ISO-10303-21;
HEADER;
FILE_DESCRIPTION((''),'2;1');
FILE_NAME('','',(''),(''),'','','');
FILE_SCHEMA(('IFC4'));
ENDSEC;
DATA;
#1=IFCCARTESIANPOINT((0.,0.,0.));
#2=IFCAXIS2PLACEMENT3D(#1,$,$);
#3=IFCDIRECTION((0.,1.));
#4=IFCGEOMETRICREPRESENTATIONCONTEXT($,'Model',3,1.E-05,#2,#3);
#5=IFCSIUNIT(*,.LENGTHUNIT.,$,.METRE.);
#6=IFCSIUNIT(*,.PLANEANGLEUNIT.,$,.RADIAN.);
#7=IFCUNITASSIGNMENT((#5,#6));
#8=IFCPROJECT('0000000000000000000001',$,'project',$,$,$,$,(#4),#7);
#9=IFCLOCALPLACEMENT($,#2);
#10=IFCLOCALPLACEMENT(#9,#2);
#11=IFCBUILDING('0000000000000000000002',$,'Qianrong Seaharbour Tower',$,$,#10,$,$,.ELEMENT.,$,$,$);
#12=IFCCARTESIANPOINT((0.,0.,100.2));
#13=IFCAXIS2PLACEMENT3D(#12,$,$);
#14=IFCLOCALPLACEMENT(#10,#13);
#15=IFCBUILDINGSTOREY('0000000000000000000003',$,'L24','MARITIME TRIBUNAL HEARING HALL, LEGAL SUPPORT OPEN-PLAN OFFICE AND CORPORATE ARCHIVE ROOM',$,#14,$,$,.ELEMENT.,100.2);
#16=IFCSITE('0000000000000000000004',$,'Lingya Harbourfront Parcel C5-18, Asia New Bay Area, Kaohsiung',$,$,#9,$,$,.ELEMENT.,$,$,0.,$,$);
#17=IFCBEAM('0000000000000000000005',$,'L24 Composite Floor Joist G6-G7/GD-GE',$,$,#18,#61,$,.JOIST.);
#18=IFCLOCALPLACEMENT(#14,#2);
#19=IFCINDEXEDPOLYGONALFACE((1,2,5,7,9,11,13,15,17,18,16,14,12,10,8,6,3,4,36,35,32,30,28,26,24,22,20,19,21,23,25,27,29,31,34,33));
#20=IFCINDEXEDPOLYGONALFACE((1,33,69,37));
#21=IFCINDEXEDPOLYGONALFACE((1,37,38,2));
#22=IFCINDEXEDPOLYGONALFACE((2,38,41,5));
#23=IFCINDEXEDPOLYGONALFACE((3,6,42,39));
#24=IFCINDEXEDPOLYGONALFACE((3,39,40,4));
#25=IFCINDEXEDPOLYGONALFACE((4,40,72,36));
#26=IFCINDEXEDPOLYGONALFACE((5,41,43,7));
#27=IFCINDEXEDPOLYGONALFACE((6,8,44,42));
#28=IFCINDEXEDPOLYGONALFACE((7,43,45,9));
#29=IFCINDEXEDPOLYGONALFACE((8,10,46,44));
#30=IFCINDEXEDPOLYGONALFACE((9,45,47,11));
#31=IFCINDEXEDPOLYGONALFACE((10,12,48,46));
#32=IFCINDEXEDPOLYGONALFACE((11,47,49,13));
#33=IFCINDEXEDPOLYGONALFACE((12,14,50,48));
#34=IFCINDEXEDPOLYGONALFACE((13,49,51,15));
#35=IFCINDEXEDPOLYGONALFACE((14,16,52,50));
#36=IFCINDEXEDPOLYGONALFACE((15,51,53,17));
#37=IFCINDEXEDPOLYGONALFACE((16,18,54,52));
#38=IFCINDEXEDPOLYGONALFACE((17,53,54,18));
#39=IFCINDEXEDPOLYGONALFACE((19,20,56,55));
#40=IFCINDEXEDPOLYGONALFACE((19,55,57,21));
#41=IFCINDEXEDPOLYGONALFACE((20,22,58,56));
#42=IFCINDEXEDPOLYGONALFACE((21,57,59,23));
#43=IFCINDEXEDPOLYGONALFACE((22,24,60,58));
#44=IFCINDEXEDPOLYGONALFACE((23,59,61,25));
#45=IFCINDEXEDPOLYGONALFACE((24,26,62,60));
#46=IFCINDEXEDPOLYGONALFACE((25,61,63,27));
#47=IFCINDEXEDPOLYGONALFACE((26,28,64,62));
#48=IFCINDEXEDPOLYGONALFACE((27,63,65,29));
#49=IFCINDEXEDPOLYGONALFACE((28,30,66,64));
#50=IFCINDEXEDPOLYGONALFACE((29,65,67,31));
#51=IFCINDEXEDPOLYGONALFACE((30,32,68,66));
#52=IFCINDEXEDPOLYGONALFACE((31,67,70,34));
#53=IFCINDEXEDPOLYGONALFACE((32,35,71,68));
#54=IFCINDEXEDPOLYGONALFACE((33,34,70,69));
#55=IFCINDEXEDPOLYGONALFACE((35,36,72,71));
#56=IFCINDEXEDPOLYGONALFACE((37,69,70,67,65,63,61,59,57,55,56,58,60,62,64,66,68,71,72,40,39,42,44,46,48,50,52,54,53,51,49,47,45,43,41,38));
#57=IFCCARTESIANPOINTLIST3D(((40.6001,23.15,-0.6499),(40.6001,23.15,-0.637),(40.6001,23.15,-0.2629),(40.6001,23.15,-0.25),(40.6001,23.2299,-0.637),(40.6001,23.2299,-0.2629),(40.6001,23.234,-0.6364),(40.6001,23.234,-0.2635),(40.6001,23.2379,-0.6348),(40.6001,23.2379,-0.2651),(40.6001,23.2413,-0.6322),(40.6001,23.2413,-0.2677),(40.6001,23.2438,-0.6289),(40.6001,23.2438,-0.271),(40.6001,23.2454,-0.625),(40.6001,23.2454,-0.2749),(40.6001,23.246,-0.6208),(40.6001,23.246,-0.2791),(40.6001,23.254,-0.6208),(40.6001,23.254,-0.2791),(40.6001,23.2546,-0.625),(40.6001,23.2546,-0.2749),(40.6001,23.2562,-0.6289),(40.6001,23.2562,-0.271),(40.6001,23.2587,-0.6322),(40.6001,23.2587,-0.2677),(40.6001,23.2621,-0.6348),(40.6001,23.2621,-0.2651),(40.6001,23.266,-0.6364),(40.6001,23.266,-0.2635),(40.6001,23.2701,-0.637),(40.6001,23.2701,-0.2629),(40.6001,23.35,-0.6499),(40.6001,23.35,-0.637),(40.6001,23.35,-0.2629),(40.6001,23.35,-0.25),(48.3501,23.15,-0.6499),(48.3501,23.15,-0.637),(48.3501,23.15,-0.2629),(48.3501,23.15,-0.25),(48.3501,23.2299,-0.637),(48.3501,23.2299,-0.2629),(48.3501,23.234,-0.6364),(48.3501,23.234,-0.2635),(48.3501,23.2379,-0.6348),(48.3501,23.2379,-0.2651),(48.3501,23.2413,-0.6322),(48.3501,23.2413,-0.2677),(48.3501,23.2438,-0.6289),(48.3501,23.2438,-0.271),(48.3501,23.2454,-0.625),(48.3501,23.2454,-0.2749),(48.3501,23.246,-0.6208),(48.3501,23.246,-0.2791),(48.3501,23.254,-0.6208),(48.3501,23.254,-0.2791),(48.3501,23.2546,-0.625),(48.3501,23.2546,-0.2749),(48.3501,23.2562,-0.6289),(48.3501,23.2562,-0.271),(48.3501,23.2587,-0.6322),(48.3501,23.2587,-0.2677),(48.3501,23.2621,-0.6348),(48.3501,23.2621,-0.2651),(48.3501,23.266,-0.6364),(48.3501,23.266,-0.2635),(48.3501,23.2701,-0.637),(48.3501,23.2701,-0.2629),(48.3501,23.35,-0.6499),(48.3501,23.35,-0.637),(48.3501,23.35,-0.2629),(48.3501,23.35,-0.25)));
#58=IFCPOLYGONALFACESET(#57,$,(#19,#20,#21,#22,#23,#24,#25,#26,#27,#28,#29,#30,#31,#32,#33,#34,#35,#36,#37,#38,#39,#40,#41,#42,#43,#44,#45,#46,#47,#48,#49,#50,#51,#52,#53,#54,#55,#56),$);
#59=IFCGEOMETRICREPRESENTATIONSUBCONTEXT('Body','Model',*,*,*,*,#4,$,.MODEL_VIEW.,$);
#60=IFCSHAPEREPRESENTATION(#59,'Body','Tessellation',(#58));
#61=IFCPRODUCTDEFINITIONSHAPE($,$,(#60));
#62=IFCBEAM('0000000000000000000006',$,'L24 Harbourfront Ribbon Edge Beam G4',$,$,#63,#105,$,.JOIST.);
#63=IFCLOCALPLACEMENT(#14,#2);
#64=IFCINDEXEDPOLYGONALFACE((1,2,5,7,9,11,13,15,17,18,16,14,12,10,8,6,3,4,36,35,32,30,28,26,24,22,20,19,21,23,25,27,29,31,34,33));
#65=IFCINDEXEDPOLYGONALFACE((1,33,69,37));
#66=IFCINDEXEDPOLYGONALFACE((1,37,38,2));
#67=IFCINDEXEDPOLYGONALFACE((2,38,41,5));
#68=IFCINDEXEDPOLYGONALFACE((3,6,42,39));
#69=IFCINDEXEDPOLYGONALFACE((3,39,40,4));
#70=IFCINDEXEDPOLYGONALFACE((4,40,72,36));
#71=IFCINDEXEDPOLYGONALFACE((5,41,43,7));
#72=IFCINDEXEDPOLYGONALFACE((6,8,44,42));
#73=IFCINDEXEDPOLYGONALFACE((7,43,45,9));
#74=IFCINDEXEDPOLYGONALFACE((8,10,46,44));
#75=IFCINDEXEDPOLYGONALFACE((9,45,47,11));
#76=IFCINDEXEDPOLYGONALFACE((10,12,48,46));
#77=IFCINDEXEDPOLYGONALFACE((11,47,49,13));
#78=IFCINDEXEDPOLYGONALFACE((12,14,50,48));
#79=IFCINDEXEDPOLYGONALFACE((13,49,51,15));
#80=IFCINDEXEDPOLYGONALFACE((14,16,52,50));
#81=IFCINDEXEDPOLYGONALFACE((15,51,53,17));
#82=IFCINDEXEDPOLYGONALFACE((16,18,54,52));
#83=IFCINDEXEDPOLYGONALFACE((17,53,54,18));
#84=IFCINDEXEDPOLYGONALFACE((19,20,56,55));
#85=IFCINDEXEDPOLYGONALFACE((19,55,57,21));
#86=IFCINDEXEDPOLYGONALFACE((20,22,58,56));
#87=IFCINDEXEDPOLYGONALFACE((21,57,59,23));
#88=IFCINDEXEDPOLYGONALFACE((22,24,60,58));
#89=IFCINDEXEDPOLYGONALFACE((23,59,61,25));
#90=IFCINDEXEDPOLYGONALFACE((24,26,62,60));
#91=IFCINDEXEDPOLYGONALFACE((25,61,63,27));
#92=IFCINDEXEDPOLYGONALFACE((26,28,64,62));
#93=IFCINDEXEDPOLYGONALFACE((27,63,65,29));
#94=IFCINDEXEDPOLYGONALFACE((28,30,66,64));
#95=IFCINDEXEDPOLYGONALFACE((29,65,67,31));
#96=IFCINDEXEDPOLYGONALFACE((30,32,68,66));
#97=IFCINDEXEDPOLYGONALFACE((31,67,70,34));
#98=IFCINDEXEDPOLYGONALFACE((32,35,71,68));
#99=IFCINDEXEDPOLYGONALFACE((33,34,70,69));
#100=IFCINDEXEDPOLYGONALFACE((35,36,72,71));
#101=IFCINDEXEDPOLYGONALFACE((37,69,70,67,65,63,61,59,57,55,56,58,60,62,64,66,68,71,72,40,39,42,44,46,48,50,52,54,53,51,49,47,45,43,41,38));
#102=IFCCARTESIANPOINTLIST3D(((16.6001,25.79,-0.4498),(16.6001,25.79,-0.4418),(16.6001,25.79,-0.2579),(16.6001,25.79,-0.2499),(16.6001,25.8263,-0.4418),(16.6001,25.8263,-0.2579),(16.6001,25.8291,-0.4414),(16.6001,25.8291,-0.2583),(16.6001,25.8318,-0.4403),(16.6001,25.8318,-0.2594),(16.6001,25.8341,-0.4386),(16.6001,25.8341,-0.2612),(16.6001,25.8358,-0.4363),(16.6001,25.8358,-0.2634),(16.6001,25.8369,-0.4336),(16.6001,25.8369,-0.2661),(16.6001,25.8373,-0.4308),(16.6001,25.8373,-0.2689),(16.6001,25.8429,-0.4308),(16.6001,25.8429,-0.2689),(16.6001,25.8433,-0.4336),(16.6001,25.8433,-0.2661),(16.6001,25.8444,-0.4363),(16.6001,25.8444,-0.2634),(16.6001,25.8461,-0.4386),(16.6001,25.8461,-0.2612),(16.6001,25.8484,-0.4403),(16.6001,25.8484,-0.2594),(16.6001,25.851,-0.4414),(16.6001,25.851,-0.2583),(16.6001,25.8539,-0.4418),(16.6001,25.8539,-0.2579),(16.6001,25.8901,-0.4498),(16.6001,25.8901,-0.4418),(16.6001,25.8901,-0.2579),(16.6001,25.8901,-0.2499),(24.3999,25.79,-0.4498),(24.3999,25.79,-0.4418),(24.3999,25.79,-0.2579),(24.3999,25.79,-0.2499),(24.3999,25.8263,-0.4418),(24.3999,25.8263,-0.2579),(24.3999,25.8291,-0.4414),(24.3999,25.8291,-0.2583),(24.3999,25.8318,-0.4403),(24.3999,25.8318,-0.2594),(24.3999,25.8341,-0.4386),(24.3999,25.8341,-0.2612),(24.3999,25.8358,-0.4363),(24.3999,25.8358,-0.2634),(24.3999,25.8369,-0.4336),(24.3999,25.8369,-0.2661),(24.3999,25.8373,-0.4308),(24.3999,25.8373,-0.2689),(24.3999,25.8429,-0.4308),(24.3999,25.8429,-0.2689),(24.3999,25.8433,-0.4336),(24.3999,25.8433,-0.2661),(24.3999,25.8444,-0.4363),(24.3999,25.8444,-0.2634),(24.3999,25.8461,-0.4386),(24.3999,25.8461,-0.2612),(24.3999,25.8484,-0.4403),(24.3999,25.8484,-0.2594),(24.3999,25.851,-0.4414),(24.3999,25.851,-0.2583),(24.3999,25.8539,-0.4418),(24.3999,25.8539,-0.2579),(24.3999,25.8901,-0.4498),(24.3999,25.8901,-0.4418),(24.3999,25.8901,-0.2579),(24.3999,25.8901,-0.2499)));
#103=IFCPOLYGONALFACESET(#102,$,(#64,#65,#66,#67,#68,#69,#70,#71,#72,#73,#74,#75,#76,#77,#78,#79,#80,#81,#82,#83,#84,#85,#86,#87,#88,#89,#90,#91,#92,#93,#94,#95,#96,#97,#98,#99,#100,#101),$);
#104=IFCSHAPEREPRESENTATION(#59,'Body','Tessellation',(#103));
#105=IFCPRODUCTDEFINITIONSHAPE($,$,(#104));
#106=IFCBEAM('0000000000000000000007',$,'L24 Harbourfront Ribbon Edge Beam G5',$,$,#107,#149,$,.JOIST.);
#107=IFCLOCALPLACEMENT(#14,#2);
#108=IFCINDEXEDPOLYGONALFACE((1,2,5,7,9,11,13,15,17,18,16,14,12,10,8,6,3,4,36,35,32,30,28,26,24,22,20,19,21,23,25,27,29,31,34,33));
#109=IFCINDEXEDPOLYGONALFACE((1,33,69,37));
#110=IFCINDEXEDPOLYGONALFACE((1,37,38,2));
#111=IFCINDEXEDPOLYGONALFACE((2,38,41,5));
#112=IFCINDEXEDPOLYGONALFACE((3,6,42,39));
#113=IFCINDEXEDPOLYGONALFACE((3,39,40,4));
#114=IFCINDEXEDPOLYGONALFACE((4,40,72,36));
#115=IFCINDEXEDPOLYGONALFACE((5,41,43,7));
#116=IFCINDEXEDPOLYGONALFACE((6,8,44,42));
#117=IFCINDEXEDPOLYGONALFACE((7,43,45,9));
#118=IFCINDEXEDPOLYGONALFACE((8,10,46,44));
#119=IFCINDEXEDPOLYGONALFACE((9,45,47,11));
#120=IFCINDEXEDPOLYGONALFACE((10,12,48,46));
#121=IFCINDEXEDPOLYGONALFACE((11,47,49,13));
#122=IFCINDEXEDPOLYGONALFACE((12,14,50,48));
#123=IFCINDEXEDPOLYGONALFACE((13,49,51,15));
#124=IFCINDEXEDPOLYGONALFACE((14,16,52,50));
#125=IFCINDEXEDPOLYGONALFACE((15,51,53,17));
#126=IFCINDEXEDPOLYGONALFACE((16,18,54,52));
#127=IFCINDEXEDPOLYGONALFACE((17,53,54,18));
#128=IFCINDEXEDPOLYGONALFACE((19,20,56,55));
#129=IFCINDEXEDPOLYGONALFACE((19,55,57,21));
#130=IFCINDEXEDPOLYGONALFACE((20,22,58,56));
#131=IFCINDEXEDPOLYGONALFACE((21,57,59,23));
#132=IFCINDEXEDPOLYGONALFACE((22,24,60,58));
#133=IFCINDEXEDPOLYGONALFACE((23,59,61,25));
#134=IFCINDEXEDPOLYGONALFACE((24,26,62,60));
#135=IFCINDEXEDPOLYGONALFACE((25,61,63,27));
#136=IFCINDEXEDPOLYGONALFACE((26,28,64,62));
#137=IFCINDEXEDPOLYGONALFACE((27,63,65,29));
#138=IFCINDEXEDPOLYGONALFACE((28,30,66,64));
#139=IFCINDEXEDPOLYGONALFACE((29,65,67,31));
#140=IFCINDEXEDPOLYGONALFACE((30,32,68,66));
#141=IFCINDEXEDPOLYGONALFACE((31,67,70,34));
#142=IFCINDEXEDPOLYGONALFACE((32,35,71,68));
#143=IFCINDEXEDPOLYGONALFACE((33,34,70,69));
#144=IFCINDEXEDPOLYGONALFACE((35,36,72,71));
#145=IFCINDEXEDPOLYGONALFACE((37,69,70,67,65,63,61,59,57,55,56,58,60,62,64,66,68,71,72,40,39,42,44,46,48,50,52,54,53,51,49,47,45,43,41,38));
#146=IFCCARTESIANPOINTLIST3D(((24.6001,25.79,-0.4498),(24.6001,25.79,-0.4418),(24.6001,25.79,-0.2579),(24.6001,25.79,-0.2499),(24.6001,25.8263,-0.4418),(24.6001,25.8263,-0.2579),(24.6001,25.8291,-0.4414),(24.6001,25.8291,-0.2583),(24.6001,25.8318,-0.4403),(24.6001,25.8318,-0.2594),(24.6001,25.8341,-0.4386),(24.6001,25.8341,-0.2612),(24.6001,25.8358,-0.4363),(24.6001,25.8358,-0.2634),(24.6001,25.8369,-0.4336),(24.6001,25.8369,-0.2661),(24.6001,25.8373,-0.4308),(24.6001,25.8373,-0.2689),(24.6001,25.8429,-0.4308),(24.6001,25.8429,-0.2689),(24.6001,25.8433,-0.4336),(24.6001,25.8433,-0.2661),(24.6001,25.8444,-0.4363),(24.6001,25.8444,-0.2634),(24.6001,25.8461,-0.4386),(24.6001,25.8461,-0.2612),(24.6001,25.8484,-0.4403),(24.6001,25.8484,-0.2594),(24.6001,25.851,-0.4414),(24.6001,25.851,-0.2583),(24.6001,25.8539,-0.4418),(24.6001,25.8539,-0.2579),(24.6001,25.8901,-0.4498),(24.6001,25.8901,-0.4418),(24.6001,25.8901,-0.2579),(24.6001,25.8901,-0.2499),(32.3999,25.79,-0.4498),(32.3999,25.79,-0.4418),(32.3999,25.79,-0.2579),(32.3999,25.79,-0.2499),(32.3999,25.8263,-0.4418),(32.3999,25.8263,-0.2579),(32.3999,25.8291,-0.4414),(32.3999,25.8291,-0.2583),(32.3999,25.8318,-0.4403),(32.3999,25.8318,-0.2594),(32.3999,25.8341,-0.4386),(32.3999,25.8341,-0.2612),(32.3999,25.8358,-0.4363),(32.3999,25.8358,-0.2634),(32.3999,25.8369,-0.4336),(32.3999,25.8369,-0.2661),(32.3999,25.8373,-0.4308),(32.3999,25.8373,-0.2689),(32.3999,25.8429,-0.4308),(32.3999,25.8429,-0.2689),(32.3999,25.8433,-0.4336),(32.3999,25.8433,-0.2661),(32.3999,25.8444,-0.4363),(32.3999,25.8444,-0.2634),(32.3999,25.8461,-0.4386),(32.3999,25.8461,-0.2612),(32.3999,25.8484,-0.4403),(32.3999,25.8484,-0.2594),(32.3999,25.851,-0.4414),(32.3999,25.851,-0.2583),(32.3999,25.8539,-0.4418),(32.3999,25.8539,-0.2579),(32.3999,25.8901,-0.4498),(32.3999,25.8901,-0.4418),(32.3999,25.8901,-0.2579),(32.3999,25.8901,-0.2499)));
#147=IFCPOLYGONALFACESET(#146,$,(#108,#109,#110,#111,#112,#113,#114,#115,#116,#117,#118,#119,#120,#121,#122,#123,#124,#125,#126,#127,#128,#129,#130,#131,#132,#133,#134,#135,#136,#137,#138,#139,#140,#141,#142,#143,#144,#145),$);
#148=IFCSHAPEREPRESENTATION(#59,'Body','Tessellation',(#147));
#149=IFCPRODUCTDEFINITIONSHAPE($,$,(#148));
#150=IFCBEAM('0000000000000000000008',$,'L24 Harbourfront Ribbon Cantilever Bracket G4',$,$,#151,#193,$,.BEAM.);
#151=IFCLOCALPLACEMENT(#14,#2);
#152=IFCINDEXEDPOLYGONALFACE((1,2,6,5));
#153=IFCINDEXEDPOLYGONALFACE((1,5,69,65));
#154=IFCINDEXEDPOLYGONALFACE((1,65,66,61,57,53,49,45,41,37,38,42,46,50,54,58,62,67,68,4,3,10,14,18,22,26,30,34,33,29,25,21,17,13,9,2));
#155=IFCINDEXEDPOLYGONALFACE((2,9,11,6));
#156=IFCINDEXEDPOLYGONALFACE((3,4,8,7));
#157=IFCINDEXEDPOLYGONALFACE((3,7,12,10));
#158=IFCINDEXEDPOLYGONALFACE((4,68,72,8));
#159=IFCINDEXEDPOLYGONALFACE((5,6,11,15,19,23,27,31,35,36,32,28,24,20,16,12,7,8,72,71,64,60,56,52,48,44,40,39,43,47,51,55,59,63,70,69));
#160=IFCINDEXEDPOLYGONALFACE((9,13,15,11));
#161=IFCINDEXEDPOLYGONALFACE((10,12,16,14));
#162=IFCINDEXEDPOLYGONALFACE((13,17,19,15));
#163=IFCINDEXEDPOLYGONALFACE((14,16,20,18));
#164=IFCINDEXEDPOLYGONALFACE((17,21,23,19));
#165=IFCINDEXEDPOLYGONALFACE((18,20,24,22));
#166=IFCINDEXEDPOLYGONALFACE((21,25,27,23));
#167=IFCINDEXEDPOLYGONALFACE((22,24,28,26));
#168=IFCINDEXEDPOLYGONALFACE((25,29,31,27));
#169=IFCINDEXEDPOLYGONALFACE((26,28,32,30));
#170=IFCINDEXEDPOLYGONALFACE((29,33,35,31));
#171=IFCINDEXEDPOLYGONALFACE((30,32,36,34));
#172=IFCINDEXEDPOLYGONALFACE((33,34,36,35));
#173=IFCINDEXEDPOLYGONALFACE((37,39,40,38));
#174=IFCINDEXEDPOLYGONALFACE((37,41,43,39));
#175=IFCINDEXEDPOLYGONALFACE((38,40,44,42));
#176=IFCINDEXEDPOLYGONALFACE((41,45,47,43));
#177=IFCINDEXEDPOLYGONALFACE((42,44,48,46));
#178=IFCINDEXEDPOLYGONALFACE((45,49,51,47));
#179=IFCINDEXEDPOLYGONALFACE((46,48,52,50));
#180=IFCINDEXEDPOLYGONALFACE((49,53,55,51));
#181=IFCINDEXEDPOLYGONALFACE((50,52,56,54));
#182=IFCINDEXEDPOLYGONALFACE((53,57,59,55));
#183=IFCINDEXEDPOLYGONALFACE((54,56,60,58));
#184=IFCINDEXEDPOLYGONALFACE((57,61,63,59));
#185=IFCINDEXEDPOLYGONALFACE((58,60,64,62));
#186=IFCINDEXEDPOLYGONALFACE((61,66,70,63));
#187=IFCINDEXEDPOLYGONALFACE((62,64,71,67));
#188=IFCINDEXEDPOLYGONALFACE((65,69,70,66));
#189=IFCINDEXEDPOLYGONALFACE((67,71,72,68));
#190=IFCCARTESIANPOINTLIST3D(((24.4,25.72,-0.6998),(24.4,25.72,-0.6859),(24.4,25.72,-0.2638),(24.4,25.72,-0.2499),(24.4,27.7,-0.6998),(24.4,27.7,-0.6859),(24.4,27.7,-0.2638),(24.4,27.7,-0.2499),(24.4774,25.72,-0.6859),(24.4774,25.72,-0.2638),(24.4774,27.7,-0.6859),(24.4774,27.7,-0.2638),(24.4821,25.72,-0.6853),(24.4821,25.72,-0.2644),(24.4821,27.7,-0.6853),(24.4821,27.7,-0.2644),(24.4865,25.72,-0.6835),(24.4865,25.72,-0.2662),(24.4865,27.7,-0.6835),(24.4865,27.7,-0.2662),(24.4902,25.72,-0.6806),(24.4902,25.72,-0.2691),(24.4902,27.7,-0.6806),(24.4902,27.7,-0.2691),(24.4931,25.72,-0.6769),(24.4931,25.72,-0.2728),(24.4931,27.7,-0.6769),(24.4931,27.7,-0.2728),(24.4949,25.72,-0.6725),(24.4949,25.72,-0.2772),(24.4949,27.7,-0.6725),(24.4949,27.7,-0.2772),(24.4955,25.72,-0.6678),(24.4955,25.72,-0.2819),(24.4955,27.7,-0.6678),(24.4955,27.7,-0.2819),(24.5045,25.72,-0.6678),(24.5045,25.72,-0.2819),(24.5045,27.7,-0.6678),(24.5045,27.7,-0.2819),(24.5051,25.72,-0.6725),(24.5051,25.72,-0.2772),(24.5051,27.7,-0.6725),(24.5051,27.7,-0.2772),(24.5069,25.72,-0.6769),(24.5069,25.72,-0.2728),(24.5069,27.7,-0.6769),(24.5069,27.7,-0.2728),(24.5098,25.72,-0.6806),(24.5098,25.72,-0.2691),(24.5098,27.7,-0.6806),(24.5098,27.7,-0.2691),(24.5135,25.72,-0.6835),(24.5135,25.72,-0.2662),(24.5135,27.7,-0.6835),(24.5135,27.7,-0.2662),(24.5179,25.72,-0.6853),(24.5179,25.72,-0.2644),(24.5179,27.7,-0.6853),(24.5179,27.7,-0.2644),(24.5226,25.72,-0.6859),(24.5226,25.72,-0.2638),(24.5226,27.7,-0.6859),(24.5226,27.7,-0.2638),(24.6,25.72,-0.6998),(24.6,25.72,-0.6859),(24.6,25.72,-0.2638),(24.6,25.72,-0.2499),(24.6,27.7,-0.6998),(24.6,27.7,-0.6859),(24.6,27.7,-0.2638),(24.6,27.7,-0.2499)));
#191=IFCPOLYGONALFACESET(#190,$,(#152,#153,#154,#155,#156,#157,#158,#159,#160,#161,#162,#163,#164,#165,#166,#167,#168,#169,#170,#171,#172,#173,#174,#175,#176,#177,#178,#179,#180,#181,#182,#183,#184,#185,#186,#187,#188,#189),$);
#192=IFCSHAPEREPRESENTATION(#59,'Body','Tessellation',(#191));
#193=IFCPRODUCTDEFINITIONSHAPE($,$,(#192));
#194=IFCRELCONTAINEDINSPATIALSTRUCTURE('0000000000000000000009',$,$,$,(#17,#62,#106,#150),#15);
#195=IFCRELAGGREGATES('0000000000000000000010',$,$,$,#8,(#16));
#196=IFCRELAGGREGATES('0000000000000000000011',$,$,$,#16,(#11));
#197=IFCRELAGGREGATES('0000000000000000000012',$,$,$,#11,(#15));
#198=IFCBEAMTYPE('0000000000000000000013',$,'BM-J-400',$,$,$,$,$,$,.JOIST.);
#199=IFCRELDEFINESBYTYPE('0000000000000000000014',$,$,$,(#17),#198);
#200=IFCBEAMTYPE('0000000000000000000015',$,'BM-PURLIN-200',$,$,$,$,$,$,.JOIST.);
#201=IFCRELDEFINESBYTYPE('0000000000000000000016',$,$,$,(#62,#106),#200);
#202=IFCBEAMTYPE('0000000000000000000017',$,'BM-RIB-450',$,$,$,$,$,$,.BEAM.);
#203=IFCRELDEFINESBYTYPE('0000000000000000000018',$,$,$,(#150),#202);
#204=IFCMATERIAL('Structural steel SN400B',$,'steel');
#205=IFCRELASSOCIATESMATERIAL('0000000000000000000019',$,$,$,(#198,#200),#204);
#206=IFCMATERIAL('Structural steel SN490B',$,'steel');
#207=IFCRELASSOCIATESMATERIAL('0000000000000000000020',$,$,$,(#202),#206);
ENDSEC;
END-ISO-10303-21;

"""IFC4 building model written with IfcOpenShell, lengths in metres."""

from ifc_helpers import new_model, si_unit, direction, frame, origin, origin_2d, place, context, subcontext, project, spatial, i_section, extrude, material, material_profile, profile_set, type_object, element, save


model = new_model("IFC4")

# Units and contexts
model_context = context("Model", 3, precision=1e-05, world=origin(), true_north=direction((0.0, 1.0)))
body_context = subcontext(model_context, "Body", "Model", "MODEL_VIEW")
ifc_project = project(units=[si_unit("LENGTHUNIT", "METRE"), si_unit("PLANEANGLEUNIT", "RADIAN")], contexts=[model_context])

# Site, building, storey
site_placement = place(None, origin())
site = spatial("IfcSite", under=ifc_project, at=site_placement, Name="Lingya Harbourfront Parcel C5-18, Asia New Bay Area, Kaohsiung", CompositionType="ELEMENT", RefElevation=0.0)
building_placement = place(site_placement, origin())
building = spatial("IfcBuilding", under=site, at=building_placement, Name="Qianrong Seaharbour Tower", CompositionType="ELEMENT")
storey_placement = place(building_placement, frame((0.0, 0.0, 100.2)))
storey = spatial("IfcBuildingStorey", under=building, at=storey_placement, Name="L24", Description="MARITIME TRIBUNAL HEARING HALL, LEGAL SUPPORT OPEN-PLAN OFFICE AND CORPORATE ARCHIVE ROOM", CompositionType="ELEMENT", Elevation=100.2)

# Shared definitions
ifc_material_1 = material(Name="Structural steel SN490B", Category="steel")

# Beams
ifc_material_2 = material(Name="Structural steel SN400B", Category="steel")
ifc_material_profile_1 = material_profile(ifc_material_2, i_section(OverallWidth=0.2, OverallDepth=0.3999, WebThickness=0.0081, FlangeThickness=0.0129, FilletRadius=0.0161, at=origin_2d()), Name="H400x200x8x13")
ifc_profile_set_1 = profile_set([ifc_material_profile_1], Name="Structural steel SN400B")
beam_type_1 = type_object("IfcBeamType", Name="BM-J-400", PredefinedType="JOIST", material=ifc_profile_set_1)
for number, where, z_axis, x_axis, name in (
    (1, (40.6001, 23.25, -0.45), (1.0, 0.0, 0.0), (0.0, 1.0, 0.0), "L24 Composite Floor Joist G6-G7/GD-GE"),
):
    element("IfcBeam", number, at=place(storey_placement, frame(where, z_axis=z_axis, x_axis=x_axis)), inside=storey, type_object=beam_type_1, Name=name, PredefinedType="JOIST", context=body_context, shape_type="SweptSolid", body=[
        extrude(i_section(OverallWidth=0.2, OverallDepth=0.3999, WebThickness=0.0081, FlangeThickness=0.0129, FilletRadius=0.0161, at=origin_2d()), origin(), (0.0, 0.0, 1.0), 7.75),
    ])
ifc_material_profile_2 = material_profile(ifc_material_2, i_section(OverallWidth=0.1001, OverallDepth=0.2, WebThickness=0.0056, FlangeThickness=0.0081, FilletRadius=0.011, at=origin_2d()), Name="H200x100x5.5x8")
ifc_profile_set_2 = profile_set([ifc_material_profile_2], Name="Structural steel SN400B")
beam_type_2 = type_object("IfcBeamType", Name="BM-PURLIN-200", PredefinedType="JOIST", material=ifc_profile_set_2)
for number, where, z_axis, x_axis, name in (
    (2, (16.6001, 25.8401, -0.3499), (1.0, 0.0, 0.0), (0.0, 1.0, 0.0), "L24 Harbourfront Ribbon Edge Beam G4"),
    (3, (24.6001, 25.8401, -0.3499), (1.0, 0.0, 0.0), (0.0, 1.0, 0.0), "L24 Harbourfront Ribbon Edge Beam G5"),
):
    element("IfcBeam", number, at=place(storey_placement, frame(where, z_axis=z_axis, x_axis=x_axis)), inside=storey, type_object=beam_type_2, Name=name, PredefinedType="JOIST", context=body_context, shape_type="SweptSolid", body=[
        extrude(i_section(OverallWidth=0.1001, OverallDepth=0.2, WebThickness=0.0056, FlangeThickness=0.0081, FilletRadius=0.011, at=origin_2d()), origin(), (0.0, 0.0, 1.0), 7.7998),
    ])
ifc_material_profile_3 = material_profile(ifc_material_1, i_section(OverallWidth=0.2, OverallDepth=0.45, WebThickness=0.009, FlangeThickness=0.0139, FilletRadius=0.0181, at=origin_2d()), Name="H450x200x9x14")
ifc_profile_set_3 = profile_set([ifc_material_profile_3], Name="Structural steel SN490B")
beam_type_3 = type_object("IfcBeamType", Name="BM-RIB-450", PredefinedType="BEAM", material=ifc_profile_set_3)
for number, where, z_axis, x_axis, name in (
    (4, (24.5, 27.7, -0.4749), (0.0, -1.0, 0.0), (1.0, 0.0, 0.0), "L24 Harbourfront Ribbon Cantilever Bracket G4"),
):
    element("IfcBeam", number, at=place(storey_placement, frame(where, z_axis=z_axis, x_axis=x_axis)), inside=storey, type_object=beam_type_3, Name=name, PredefinedType="BEAM", context=body_context, shape_type="SweptSolid", body=[
        extrude(i_section(OverallWidth=0.2, OverallDepth=0.45, WebThickness=0.009, FlangeThickness=0.0139, FilletRadius=0.0181, at=origin_2d()), origin(), (0.0, 0.0, 1.0), 1.98),
    ])

save(model, "model.ifc")
